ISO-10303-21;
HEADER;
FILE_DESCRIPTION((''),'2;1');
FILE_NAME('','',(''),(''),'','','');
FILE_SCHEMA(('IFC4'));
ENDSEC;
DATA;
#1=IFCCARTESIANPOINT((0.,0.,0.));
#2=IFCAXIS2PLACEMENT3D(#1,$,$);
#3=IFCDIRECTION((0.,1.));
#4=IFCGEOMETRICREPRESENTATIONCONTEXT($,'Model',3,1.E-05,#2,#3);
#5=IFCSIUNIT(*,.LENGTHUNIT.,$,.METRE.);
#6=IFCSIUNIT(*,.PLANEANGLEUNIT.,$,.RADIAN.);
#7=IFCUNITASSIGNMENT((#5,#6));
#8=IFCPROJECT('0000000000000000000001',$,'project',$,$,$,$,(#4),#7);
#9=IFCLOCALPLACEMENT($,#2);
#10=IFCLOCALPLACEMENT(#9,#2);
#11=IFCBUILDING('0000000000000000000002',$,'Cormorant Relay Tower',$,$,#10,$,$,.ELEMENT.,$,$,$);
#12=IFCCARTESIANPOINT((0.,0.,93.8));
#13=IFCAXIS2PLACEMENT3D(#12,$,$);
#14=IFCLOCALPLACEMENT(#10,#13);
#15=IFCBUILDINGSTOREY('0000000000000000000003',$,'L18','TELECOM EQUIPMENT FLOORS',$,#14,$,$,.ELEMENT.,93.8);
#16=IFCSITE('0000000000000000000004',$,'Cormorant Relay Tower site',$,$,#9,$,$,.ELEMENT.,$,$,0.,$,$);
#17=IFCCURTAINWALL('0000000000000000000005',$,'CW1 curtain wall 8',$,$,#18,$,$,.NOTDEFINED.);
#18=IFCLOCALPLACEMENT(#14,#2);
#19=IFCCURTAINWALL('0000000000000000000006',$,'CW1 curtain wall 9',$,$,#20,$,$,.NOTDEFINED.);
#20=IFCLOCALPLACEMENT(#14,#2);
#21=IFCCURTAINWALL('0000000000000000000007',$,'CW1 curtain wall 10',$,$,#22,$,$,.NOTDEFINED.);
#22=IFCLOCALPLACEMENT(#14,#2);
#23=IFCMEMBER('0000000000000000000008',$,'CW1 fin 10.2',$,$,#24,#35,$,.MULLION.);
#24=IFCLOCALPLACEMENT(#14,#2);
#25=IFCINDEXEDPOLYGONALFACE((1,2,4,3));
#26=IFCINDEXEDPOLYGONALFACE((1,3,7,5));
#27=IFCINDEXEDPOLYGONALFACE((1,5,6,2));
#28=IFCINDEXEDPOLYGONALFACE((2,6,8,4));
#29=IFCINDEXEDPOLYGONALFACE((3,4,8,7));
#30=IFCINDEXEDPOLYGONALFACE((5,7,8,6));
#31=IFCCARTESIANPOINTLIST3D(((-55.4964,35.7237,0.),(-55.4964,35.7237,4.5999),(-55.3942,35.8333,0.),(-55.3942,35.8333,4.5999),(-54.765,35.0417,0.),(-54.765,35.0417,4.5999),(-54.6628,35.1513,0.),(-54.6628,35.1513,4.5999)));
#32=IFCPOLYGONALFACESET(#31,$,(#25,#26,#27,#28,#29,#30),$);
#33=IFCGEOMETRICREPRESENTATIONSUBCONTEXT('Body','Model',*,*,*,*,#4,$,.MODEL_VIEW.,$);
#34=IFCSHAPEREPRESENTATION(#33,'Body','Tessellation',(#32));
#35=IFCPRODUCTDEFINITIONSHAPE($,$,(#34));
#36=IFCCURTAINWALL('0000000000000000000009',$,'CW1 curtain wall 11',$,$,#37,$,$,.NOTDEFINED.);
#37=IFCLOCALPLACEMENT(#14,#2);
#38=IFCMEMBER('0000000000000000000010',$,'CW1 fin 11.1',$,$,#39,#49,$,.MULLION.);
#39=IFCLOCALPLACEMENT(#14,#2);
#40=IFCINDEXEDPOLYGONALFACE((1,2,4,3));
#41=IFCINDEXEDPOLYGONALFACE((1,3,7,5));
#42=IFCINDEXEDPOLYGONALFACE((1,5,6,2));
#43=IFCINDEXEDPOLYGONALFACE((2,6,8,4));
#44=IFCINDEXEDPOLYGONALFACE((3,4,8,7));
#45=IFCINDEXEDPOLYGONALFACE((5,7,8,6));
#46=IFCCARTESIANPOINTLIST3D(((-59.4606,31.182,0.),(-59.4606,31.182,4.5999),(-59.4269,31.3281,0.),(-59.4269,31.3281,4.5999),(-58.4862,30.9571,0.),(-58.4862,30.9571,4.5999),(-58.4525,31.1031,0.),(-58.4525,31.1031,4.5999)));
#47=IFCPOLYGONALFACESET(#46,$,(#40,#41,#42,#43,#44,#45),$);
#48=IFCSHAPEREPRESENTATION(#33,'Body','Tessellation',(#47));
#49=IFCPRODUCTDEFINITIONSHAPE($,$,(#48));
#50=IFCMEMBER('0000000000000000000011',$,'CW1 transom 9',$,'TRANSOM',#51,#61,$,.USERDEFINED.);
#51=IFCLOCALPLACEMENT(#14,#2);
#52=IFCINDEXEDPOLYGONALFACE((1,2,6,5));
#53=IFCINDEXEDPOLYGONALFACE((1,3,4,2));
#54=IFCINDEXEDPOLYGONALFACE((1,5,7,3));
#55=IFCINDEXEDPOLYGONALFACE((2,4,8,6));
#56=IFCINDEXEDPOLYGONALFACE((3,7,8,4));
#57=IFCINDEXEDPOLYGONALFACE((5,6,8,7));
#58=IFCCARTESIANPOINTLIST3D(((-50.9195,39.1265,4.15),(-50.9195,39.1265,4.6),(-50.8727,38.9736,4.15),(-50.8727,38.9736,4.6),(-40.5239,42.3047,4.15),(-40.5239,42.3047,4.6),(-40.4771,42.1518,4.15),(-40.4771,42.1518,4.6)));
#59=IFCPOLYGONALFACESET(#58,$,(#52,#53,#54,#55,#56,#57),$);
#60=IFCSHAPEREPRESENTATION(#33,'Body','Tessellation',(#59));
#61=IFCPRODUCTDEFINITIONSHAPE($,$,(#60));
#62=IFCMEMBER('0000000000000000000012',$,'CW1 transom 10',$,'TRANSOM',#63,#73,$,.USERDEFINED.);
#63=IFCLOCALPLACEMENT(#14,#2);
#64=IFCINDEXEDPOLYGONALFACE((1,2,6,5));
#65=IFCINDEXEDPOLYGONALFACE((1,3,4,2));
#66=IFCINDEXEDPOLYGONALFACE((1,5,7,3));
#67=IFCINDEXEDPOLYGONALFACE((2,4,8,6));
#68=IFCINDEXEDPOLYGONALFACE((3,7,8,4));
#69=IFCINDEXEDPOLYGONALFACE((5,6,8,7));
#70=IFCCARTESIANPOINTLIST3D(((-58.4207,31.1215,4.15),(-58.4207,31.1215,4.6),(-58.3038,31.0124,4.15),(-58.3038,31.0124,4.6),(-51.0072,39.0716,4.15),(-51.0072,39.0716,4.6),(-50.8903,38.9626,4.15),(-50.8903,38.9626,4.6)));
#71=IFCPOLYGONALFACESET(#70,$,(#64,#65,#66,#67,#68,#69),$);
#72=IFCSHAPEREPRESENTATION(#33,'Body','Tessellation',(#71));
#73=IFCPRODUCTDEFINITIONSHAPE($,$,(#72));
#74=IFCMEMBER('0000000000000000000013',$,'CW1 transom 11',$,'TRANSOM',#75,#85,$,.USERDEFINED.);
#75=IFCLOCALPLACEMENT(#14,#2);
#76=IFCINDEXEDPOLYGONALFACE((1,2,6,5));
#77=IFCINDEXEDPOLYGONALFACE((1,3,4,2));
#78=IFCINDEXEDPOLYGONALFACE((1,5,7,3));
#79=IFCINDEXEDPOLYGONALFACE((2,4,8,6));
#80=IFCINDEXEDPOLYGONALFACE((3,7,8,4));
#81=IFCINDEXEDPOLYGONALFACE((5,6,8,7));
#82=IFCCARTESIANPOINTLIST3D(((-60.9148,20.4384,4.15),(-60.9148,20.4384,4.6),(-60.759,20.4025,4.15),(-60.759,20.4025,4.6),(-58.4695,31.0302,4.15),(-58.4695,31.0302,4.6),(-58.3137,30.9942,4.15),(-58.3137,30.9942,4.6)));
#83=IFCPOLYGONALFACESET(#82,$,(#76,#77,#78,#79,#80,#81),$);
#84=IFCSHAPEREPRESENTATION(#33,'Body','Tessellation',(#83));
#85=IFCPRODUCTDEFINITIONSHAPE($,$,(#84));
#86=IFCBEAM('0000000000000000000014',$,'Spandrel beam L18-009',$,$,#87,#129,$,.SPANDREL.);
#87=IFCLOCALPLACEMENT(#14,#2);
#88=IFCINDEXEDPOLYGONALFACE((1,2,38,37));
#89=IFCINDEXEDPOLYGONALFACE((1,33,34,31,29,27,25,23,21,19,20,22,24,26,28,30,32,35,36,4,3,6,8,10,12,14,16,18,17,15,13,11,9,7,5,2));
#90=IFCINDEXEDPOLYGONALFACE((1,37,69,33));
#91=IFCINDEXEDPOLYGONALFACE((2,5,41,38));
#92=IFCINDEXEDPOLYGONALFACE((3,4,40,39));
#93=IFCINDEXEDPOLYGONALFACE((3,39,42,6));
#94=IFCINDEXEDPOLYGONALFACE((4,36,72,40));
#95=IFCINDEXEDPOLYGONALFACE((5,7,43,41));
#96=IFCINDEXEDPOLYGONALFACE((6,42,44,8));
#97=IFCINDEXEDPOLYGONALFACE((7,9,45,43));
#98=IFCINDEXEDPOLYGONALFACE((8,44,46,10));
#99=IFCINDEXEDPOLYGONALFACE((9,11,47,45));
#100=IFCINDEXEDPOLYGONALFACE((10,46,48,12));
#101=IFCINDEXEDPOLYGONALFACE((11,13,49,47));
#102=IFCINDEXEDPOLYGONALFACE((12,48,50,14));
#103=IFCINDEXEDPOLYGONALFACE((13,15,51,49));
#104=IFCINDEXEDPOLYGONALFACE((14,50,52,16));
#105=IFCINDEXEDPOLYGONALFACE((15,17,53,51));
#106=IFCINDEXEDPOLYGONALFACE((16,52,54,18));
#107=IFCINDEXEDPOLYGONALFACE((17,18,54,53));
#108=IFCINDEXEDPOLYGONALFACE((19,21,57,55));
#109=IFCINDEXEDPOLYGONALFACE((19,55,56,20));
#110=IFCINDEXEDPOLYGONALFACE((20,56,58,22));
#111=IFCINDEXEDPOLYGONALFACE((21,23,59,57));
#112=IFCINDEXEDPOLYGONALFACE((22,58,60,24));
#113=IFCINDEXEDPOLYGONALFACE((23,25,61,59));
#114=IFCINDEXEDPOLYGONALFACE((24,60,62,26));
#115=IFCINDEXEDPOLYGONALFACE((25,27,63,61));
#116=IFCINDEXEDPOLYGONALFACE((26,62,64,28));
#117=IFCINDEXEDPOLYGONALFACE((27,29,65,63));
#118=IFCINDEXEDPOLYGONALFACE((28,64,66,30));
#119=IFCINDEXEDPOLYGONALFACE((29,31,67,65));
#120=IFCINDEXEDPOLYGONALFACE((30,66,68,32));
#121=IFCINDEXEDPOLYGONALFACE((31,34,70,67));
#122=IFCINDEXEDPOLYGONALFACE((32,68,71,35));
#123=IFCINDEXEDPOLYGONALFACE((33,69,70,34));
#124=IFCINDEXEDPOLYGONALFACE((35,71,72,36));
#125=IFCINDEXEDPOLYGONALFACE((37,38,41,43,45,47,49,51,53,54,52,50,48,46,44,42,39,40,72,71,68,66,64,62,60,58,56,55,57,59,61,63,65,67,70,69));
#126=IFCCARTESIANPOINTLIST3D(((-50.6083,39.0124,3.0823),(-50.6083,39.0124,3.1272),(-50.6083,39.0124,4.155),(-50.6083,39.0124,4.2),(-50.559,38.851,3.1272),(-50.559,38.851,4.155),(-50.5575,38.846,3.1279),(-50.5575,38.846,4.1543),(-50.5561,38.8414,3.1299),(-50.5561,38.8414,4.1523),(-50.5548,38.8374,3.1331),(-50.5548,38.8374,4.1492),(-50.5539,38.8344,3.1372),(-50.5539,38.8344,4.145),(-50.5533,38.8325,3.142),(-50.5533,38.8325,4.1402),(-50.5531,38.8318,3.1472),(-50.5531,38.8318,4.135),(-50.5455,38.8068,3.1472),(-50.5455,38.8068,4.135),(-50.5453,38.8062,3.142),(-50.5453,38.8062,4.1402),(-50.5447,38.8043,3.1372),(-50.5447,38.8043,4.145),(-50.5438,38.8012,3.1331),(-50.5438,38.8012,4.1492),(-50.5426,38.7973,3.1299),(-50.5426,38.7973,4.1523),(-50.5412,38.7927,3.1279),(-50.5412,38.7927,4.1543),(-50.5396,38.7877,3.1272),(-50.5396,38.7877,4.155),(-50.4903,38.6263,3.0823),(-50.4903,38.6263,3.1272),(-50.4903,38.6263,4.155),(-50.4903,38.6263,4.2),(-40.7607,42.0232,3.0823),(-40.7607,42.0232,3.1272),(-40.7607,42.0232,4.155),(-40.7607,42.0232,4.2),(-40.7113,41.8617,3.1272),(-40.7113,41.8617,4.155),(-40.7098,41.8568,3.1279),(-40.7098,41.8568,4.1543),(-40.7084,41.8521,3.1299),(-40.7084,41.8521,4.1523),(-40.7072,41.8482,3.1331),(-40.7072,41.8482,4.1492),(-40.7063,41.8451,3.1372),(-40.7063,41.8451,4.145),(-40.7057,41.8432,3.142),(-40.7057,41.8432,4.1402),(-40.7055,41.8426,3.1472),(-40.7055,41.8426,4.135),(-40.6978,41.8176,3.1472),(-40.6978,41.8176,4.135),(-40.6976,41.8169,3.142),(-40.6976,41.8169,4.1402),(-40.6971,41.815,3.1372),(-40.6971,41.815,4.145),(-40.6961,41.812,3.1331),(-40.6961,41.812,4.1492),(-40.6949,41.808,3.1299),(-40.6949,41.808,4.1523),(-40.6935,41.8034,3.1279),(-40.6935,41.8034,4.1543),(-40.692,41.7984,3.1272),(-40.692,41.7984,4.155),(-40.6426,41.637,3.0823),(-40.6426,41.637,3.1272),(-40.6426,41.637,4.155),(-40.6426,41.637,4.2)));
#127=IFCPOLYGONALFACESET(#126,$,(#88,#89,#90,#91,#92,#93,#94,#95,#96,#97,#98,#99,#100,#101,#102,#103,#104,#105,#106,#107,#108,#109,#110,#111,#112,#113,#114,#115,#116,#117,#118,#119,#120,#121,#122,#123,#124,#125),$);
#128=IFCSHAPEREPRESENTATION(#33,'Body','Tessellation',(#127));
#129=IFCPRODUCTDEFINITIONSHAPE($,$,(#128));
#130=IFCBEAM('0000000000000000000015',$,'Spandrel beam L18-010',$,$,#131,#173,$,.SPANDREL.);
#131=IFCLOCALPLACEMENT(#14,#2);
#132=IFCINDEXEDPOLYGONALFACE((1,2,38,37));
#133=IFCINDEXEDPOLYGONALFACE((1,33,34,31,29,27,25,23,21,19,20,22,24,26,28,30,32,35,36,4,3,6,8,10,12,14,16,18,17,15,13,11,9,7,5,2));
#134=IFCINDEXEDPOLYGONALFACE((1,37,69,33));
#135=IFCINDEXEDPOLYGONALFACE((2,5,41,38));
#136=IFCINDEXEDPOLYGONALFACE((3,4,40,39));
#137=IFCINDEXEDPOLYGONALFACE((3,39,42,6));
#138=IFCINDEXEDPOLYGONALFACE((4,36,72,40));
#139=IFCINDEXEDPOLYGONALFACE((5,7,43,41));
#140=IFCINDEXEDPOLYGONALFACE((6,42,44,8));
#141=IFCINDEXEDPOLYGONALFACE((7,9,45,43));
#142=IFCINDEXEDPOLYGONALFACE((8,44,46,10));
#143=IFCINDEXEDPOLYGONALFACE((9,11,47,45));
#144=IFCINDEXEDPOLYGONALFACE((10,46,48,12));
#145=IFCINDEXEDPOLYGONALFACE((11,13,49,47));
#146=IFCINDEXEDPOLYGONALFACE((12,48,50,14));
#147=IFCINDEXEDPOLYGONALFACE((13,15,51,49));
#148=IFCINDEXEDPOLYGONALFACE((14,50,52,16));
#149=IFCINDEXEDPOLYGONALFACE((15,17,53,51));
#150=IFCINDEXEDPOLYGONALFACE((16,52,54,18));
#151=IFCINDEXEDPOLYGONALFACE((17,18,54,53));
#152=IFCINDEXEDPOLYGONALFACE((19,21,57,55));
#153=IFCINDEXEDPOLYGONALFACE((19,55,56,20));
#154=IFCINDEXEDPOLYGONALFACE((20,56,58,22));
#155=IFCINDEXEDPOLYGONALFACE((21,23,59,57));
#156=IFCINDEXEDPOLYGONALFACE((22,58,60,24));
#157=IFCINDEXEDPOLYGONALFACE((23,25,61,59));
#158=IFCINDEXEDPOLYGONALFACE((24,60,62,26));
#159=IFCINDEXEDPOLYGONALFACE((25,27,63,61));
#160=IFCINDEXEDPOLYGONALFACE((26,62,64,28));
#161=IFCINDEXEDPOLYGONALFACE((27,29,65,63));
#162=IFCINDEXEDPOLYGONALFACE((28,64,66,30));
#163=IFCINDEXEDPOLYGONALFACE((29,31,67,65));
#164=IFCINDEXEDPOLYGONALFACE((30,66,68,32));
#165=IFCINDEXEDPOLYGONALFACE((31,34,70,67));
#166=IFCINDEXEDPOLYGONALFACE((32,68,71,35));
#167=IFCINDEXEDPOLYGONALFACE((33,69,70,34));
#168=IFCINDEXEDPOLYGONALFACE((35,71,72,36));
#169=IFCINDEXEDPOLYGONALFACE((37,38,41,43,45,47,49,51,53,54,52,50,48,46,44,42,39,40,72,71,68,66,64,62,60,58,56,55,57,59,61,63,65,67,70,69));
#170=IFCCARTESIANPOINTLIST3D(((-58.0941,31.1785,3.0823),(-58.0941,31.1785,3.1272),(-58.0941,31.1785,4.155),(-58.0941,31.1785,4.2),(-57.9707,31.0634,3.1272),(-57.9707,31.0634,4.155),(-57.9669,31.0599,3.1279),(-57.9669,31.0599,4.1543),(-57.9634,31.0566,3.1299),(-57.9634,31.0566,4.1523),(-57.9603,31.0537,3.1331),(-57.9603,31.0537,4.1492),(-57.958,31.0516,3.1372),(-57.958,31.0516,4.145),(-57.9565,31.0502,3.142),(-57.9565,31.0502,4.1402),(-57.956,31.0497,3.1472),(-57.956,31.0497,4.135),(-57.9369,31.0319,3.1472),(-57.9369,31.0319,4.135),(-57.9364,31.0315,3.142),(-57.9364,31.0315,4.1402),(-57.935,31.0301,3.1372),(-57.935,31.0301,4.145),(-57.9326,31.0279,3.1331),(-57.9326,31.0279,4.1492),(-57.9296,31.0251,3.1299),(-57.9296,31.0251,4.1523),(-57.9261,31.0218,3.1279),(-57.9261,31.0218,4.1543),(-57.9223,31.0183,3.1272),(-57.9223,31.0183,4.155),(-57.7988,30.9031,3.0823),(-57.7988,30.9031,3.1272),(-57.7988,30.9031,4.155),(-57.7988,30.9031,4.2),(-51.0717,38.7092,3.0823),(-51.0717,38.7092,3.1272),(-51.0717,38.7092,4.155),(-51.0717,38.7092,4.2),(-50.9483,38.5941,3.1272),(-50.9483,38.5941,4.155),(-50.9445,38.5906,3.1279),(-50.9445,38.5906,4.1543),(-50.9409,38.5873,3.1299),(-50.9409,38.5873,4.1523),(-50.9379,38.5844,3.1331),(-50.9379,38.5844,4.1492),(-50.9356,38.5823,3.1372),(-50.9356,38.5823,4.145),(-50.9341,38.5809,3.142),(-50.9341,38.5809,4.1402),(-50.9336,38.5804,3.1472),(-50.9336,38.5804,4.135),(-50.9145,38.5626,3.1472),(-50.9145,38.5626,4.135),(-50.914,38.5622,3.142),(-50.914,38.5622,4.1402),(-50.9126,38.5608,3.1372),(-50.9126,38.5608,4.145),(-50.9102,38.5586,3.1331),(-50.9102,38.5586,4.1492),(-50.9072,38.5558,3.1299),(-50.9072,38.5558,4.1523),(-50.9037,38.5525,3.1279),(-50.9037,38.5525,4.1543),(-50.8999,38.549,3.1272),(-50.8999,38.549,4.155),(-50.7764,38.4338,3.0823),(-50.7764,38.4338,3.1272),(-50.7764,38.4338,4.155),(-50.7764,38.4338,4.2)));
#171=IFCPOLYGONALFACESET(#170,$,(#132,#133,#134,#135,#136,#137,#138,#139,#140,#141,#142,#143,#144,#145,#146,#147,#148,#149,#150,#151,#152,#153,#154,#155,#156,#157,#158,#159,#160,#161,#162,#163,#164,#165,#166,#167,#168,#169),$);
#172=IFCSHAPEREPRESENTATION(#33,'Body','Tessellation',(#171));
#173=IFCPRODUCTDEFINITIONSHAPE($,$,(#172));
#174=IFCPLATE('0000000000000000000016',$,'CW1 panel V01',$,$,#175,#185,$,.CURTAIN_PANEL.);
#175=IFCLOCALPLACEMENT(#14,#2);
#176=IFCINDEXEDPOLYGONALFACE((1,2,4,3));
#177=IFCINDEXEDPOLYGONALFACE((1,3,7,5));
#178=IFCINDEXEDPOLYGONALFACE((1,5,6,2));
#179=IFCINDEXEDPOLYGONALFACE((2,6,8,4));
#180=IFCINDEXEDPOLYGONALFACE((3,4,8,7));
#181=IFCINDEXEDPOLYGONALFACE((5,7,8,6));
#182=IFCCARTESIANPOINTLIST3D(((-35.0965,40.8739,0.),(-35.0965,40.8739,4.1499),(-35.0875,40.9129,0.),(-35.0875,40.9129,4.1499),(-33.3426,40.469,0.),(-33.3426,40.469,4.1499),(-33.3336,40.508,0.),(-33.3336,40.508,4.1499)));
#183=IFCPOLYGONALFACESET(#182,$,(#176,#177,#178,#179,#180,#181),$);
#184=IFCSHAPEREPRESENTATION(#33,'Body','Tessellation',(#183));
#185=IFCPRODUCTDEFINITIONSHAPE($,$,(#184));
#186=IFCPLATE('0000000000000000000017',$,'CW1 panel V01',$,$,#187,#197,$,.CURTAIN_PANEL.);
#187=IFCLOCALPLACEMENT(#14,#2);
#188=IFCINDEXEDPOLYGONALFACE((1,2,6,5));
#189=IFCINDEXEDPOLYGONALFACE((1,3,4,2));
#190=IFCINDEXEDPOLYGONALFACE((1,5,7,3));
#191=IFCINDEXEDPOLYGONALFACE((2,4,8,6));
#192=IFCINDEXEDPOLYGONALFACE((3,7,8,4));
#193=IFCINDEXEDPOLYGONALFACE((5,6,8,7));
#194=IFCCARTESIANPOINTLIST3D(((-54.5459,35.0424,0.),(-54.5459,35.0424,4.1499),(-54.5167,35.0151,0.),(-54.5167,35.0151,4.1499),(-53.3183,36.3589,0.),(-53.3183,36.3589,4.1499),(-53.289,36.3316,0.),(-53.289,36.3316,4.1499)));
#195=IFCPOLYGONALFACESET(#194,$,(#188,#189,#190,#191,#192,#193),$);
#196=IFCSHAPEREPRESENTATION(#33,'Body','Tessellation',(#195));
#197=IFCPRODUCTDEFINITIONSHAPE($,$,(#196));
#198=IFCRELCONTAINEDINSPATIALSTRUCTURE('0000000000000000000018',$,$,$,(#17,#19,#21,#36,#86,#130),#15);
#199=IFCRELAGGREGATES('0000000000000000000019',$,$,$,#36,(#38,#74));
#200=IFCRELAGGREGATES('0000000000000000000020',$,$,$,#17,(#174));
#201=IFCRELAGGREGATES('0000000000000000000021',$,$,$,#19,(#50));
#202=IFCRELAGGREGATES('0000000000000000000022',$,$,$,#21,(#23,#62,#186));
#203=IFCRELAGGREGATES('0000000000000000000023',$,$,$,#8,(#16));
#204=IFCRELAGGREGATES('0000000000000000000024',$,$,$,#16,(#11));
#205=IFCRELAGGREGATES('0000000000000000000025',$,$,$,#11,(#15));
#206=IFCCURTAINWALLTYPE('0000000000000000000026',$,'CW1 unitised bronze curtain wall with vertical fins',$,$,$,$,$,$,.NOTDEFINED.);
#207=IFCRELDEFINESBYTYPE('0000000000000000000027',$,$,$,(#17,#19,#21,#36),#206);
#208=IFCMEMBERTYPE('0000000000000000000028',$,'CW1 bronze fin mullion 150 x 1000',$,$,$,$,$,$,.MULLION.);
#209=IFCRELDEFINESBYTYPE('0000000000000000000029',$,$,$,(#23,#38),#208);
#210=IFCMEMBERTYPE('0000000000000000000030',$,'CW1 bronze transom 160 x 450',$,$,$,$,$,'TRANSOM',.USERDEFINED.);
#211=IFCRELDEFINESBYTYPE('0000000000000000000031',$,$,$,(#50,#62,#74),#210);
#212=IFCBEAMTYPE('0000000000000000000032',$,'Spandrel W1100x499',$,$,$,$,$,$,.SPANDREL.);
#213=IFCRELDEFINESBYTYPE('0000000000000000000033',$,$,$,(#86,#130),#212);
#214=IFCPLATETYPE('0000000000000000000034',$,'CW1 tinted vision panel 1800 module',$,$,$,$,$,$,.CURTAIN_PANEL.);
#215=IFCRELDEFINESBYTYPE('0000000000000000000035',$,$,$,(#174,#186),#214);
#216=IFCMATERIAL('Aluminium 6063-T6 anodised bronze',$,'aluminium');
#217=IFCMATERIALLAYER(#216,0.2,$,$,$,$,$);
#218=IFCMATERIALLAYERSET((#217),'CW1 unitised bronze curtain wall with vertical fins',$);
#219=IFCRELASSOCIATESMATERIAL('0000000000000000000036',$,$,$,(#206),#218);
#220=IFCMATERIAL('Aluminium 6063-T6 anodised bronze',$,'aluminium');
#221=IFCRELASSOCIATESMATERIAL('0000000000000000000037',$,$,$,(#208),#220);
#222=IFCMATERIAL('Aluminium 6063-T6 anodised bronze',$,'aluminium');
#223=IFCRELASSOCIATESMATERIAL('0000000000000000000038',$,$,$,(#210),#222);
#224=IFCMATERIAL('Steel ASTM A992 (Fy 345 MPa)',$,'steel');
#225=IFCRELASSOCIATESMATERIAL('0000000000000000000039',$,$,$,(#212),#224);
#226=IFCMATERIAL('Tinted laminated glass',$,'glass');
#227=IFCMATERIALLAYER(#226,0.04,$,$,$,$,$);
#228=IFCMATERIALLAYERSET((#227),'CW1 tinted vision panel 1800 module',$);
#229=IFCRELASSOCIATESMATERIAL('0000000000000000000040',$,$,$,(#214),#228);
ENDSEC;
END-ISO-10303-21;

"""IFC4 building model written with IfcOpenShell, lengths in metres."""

from ifc_helpers import new_model, si_unit, direction, frame, origin, origin_2d, place, context, subcontext, project, spatial, rectangle, i_section, extrude, material, layer, layer_set, material_profile, profile_set, type_object, element, aggregate, save


model = new_model("IFC4")

# Units and contexts
model_context = context("Model", 3, precision=1e-05, world=origin(), true_north=direction((0.0, 1.0)))
body_context = subcontext(model_context, "Body", "Model", "MODEL_VIEW")
ifc_project = project(units=[si_unit("LENGTHUNIT", "METRE"), si_unit("PLANEANGLEUNIT", "RADIAN")], contexts=[model_context])

# Site, building, storey
site_placement = place(None, origin())
site = spatial("IfcSite", under=ifc_project, at=site_placement, Name="Cormorant Relay Tower site", CompositionType="ELEMENT", RefElevation=0.0)
building_placement = place(site_placement, origin())
building = spatial("IfcBuilding", under=site, at=building_placement, Name="Cormorant Relay Tower", CompositionType="ELEMENT")
storey_placement = place(building_placement, frame((0.0, 0.0, 93.8)))
storey = spatial("IfcBuildingStorey", under=building, at=storey_placement, Name="L18", Description="TELECOM EQUIPMENT FLOORS", CompositionType="ELEMENT", Elevation=93.8)

# Curtain wall
ifc_material_1 = material(Name="Aluminium 6063-T6 anodised bronze", Category="aluminium")
ifc_layer_1 = layer(ifc_material_1, 0.2)
ifc_layer_set_1 = layer_set([ifc_layer_1], Name="CW1 unitised bronze curtain wall with vertical fins")
curtain_wall_type = type_object("IfcCurtainWallType", Name="CW1 unitised bronze curtain wall with vertical fins", PredefinedType="NOTDEFINED", material=ifc_layer_set_1)
curtain_wall_1_placement = place(storey_placement, origin())
curtain_wall_1 = element("IfcCurtainWall", 1, at=curtain_wall_1_placement, inside=storey, type_object=curtain_wall_type, Name="CW1 curtain wall 8", PredefinedType="NOTDEFINED")
ifc_material_2 = material(Name="Aluminium 6063-T6 anodised bronze", Category="aluminium")
ifc_material_profile_1 = material_profile(ifc_material_2, rectangle(XDim=0.1499, YDim=1.0, at=origin_2d()), Name="AL 150x1000")
ifc_profile_set_1 = profile_set([ifc_material_profile_1], Name="Aluminium 6063-T6 anodised bronze")
member_type_1 = type_object("IfcMemberType", Name="CW1 bronze fin mullion 150 x 1000", PredefinedType="MULLION", material=ifc_profile_set_1)

# Curtain walls, member
curtain_wall_2_placement = place(storey_placement, origin())
curtain_wall_2 = element("IfcCurtainWall", 2, at=curtain_wall_2_placement, inside=storey, type_object=curtain_wall_type, Name="CW1 curtain wall 9", PredefinedType="NOTDEFINED")
curtain_wall_3_placement = place(storey_placement, origin())
curtain_wall_3 = element("IfcCurtainWall", 3, at=curtain_wall_3_placement, inside=storey, type_object=curtain_wall_type, Name="CW1 curtain wall 10", PredefinedType="NOTDEFINED")
member_1_placement = place(storey_placement, frame((-55.0796, 35.4375, 0.0), z_axis=(0.0, 0.0, 1.0), x_axis=(-0.681998, -0.731354, 0.0)))
member_1 = element("IfcMember", 4, at=member_1_placement, type_object=member_type_1, Name="CW1 fin 10.2", PredefinedType="MULLION", context=body_context, shape_type="SweptSolid", body=[
    extrude(rectangle(XDim=0.1499, YDim=1.0, at=origin_2d()), origin(), (0.0, 0.0, 1.0), 4.5999),
])

# Curtain wall, member
curtain_wall_4_placement = place(storey_placement, origin())
curtain_wall_4 = element("IfcCurtainWall", 5, at=curtain_wall_4_placement, inside=storey, type_object=curtain_wall_type, Name="CW1 curtain wall 11", PredefinedType="NOTDEFINED")
member_2_placement = place(storey_placement, frame((-58.9565, 31.1426, 0.0), z_axis=(0.0, 0.0, 1.0), x_axis=(-0.224951, -0.97437, 0.0)))
member_2 = element("IfcMember", 6, at=member_2_placement, type_object=member_type_1, Name="CW1 fin 11.1", PredefinedType="MULLION", context=body_context, shape_type="SweptSolid", body=[
    extrude(rectangle(XDim=0.1499, YDim=1.0, at=origin_2d()), origin(), (0.0, 0.0, 1.0), 4.5999),
])

# Members
ifc_material_3 = material(Name="Aluminium 6063-T6 anodised bronze", Category="aluminium")
ifc_material_profile_2 = material_profile(ifc_material_3, rectangle(XDim=0.1599, YDim=0.45, at=origin_2d()), Name="AL 160x450")
ifc_profile_set_2 = profile_set([ifc_material_profile_2], Name="Aluminium 6063-T6 anodised bronze")
member_type_2 = type_object("IfcMemberType", Name="CW1 bronze transom 160 x 450", ElementType="TRANSOM", PredefinedType="USERDEFINED", material=ifc_profile_set_2)
member_3_placement = place(storey_placement, frame((-40.5005, 42.2283, 4.375), z_axis=(-0.956305, -0.292371, 0.0), x_axis=(0.292371, -0.956305, 0.0)))
member_3 = element("IfcMember", 7, at=member_3_placement, type_object=member_type_2, Name="CW1 transom 9", ObjectType="TRANSOM", PredefinedType="USERDEFINED", context=body_context, shape_type="SweptSolid", body=[
    extrude(rectangle(XDim=0.1599, YDim=0.45, at=origin_2d()), origin(), (0.0, 0.0, 1.0), 10.8706),
])
member_4_placement = place(storey_placement, frame((-50.9487, 39.0171, 4.375), z_axis=(-0.681993, -0.731358, 0.0), x_axis=(0.731358, -0.681993, 0.0)))
member_4 = element("IfcMember", 8, at=member_4_placement, type_object=member_type_2, Name="CW1 transom 10", ObjectType="TRANSOM", PredefinedType="USERDEFINED", context=body_context, shape_type="SweptSolid", body=[
    extrude(rectangle(XDim=0.1599, YDim=0.45, at=origin_2d()), origin(), (0.0, 0.0, 1.0), 10.8704),
])
member_5_placement = place(storey_placement, frame((-58.3916, 31.0122, 4.375), z_axis=(-0.224951, -0.97437, 0.0), x_axis=(0.97437, -0.224951, 0.0)))
member_5 = element("IfcMember", 9, at=member_5_placement, type_object=member_type_2, Name="CW1 transom 11", ObjectType="TRANSOM", PredefinedType="USERDEFINED", context=body_context, shape_type="SweptSolid", body=[
    extrude(rectangle(XDim=0.1599, YDim=0.45, at=origin_2d()), origin(), (0.0, 0.0, 1.0), 10.8704),
])
aggregate(curtain_wall_4, [member_2, member_5])

# Beams
ifc_material_4 = material(Name="Steel ASTM A992 (Fy 345 MPa)", Category="steel")
ifc_material_profile_3 = material_profile(ifc_material_4, i_section(OverallWidth=0.4038, OverallDepth=1.1177, WebThickness=0.0261, FlangeThickness=0.0449, FilletRadius=0.02, at=origin_2d()), Name="W1100x499")
ifc_profile_set_3 = profile_set([ifc_material_profile_3], Name="Steel ASTM A992 (Fy 345 MPa)")
beam_type = type_object("IfcBeamType", Name="Spandrel W1100x499", PredefinedType="SPANDREL", material=ifc_profile_set_3)
beam_1_placement = place(storey_placement, frame((-40.7017, 41.8301, 3.6411), z_axis=(-0.956304, -0.292373, 0.0), x_axis=(0.292373, -0.956304, 0.0)))
element("IfcBeam", 10, at=beam_1_placement, inside=storey, type_object=beam_type, Name="Spandrel beam L18-009", PredefinedType="SPANDREL", context=body_context, shape_type="SweptSolid", body=[
    extrude(i_section(OverallWidth=0.4038, OverallDepth=1.1177, WebThickness=0.0261, FlangeThickness=0.0449, FilletRadius=0.02, at=origin_2d()), origin(), (0.0, 0.0, 1.0), 10.2976),
])
beam_2_placement = place(storey_placement, frame((-50.9241, 38.5715, 3.6411), z_axis=(-0.681994, -0.731358, 0.0), x_axis=(0.731358, -0.681994, 0.0)))
element("IfcBeam", 11, at=beam_2_placement, inside=storey, type_object=beam_type, Name="Spandrel beam L18-010", PredefinedType="SPANDREL", context=body_context, shape_type="SweptSolid", body=[
    extrude(i_section(OverallWidth=0.4038, OverallDepth=1.1177, WebThickness=0.0261, FlangeThickness=0.0449, FilletRadius=0.02, at=origin_2d()), origin(), (0.0, 0.0, 1.0), 10.2969),
])

# Plates
ifc_material_5 = material(Name="Tinted laminated glass", Category="glass")
ifc_layer_2 = layer(ifc_material_5, 0.04)
ifc_layer_set_2 = layer_set([ifc_layer_2], Name="CW1 tinted vision panel 1800 module")
plate_type_1 = type_object("IfcPlateType", Name="CW1 tinted vision panel 1800 module", PredefinedType="CURTAIN_PANEL", material=ifc_layer_set_2)
plate_1_placement = place(storey_placement, frame((-34.2151, 40.6909, 0.0), z_axis=(0.0, 0.0, 1.0), x_axis=(-0.97437, 0.224951, 0.0)))
plate_1 = element("IfcPlate", 12, at=plate_1_placement, type_object=plate_type_1, Name="CW1 panel V01", PredefinedType="CURTAIN_PANEL", context=body_context, shape_type="SweptSolid", body=[
    extrude(rectangle(XDim=1.8, YDim=0.04, at=origin_2d()), origin(), (0.0, 0.0, 1.0), 4.1499),
])
plate_2_placement = place(storey_placement, frame((-53.9175, 35.687, 0.0), z_axis=(0.0, 0.0, 1.0), x_axis=(-0.681998, -0.731354, 0.0)))
plate_2 = element("IfcPlate", 13, at=plate_2_placement, type_object=plate_type_1, Name="CW1 panel V01", PredefinedType="CURTAIN_PANEL", context=body_context, shape_type="SweptSolid", body=[
    extrude(rectangle(XDim=1.8, YDim=0.04, at=origin_2d()), origin(), (0.0, 0.0, 1.0), 4.1499),
])

aggregate(curtain_wall_1, [plate_1])
aggregate(curtain_wall_2, [member_3])
aggregate(curtain_wall_3, [member_1, member_4, plate_2])

save(model, "model.ifc")
